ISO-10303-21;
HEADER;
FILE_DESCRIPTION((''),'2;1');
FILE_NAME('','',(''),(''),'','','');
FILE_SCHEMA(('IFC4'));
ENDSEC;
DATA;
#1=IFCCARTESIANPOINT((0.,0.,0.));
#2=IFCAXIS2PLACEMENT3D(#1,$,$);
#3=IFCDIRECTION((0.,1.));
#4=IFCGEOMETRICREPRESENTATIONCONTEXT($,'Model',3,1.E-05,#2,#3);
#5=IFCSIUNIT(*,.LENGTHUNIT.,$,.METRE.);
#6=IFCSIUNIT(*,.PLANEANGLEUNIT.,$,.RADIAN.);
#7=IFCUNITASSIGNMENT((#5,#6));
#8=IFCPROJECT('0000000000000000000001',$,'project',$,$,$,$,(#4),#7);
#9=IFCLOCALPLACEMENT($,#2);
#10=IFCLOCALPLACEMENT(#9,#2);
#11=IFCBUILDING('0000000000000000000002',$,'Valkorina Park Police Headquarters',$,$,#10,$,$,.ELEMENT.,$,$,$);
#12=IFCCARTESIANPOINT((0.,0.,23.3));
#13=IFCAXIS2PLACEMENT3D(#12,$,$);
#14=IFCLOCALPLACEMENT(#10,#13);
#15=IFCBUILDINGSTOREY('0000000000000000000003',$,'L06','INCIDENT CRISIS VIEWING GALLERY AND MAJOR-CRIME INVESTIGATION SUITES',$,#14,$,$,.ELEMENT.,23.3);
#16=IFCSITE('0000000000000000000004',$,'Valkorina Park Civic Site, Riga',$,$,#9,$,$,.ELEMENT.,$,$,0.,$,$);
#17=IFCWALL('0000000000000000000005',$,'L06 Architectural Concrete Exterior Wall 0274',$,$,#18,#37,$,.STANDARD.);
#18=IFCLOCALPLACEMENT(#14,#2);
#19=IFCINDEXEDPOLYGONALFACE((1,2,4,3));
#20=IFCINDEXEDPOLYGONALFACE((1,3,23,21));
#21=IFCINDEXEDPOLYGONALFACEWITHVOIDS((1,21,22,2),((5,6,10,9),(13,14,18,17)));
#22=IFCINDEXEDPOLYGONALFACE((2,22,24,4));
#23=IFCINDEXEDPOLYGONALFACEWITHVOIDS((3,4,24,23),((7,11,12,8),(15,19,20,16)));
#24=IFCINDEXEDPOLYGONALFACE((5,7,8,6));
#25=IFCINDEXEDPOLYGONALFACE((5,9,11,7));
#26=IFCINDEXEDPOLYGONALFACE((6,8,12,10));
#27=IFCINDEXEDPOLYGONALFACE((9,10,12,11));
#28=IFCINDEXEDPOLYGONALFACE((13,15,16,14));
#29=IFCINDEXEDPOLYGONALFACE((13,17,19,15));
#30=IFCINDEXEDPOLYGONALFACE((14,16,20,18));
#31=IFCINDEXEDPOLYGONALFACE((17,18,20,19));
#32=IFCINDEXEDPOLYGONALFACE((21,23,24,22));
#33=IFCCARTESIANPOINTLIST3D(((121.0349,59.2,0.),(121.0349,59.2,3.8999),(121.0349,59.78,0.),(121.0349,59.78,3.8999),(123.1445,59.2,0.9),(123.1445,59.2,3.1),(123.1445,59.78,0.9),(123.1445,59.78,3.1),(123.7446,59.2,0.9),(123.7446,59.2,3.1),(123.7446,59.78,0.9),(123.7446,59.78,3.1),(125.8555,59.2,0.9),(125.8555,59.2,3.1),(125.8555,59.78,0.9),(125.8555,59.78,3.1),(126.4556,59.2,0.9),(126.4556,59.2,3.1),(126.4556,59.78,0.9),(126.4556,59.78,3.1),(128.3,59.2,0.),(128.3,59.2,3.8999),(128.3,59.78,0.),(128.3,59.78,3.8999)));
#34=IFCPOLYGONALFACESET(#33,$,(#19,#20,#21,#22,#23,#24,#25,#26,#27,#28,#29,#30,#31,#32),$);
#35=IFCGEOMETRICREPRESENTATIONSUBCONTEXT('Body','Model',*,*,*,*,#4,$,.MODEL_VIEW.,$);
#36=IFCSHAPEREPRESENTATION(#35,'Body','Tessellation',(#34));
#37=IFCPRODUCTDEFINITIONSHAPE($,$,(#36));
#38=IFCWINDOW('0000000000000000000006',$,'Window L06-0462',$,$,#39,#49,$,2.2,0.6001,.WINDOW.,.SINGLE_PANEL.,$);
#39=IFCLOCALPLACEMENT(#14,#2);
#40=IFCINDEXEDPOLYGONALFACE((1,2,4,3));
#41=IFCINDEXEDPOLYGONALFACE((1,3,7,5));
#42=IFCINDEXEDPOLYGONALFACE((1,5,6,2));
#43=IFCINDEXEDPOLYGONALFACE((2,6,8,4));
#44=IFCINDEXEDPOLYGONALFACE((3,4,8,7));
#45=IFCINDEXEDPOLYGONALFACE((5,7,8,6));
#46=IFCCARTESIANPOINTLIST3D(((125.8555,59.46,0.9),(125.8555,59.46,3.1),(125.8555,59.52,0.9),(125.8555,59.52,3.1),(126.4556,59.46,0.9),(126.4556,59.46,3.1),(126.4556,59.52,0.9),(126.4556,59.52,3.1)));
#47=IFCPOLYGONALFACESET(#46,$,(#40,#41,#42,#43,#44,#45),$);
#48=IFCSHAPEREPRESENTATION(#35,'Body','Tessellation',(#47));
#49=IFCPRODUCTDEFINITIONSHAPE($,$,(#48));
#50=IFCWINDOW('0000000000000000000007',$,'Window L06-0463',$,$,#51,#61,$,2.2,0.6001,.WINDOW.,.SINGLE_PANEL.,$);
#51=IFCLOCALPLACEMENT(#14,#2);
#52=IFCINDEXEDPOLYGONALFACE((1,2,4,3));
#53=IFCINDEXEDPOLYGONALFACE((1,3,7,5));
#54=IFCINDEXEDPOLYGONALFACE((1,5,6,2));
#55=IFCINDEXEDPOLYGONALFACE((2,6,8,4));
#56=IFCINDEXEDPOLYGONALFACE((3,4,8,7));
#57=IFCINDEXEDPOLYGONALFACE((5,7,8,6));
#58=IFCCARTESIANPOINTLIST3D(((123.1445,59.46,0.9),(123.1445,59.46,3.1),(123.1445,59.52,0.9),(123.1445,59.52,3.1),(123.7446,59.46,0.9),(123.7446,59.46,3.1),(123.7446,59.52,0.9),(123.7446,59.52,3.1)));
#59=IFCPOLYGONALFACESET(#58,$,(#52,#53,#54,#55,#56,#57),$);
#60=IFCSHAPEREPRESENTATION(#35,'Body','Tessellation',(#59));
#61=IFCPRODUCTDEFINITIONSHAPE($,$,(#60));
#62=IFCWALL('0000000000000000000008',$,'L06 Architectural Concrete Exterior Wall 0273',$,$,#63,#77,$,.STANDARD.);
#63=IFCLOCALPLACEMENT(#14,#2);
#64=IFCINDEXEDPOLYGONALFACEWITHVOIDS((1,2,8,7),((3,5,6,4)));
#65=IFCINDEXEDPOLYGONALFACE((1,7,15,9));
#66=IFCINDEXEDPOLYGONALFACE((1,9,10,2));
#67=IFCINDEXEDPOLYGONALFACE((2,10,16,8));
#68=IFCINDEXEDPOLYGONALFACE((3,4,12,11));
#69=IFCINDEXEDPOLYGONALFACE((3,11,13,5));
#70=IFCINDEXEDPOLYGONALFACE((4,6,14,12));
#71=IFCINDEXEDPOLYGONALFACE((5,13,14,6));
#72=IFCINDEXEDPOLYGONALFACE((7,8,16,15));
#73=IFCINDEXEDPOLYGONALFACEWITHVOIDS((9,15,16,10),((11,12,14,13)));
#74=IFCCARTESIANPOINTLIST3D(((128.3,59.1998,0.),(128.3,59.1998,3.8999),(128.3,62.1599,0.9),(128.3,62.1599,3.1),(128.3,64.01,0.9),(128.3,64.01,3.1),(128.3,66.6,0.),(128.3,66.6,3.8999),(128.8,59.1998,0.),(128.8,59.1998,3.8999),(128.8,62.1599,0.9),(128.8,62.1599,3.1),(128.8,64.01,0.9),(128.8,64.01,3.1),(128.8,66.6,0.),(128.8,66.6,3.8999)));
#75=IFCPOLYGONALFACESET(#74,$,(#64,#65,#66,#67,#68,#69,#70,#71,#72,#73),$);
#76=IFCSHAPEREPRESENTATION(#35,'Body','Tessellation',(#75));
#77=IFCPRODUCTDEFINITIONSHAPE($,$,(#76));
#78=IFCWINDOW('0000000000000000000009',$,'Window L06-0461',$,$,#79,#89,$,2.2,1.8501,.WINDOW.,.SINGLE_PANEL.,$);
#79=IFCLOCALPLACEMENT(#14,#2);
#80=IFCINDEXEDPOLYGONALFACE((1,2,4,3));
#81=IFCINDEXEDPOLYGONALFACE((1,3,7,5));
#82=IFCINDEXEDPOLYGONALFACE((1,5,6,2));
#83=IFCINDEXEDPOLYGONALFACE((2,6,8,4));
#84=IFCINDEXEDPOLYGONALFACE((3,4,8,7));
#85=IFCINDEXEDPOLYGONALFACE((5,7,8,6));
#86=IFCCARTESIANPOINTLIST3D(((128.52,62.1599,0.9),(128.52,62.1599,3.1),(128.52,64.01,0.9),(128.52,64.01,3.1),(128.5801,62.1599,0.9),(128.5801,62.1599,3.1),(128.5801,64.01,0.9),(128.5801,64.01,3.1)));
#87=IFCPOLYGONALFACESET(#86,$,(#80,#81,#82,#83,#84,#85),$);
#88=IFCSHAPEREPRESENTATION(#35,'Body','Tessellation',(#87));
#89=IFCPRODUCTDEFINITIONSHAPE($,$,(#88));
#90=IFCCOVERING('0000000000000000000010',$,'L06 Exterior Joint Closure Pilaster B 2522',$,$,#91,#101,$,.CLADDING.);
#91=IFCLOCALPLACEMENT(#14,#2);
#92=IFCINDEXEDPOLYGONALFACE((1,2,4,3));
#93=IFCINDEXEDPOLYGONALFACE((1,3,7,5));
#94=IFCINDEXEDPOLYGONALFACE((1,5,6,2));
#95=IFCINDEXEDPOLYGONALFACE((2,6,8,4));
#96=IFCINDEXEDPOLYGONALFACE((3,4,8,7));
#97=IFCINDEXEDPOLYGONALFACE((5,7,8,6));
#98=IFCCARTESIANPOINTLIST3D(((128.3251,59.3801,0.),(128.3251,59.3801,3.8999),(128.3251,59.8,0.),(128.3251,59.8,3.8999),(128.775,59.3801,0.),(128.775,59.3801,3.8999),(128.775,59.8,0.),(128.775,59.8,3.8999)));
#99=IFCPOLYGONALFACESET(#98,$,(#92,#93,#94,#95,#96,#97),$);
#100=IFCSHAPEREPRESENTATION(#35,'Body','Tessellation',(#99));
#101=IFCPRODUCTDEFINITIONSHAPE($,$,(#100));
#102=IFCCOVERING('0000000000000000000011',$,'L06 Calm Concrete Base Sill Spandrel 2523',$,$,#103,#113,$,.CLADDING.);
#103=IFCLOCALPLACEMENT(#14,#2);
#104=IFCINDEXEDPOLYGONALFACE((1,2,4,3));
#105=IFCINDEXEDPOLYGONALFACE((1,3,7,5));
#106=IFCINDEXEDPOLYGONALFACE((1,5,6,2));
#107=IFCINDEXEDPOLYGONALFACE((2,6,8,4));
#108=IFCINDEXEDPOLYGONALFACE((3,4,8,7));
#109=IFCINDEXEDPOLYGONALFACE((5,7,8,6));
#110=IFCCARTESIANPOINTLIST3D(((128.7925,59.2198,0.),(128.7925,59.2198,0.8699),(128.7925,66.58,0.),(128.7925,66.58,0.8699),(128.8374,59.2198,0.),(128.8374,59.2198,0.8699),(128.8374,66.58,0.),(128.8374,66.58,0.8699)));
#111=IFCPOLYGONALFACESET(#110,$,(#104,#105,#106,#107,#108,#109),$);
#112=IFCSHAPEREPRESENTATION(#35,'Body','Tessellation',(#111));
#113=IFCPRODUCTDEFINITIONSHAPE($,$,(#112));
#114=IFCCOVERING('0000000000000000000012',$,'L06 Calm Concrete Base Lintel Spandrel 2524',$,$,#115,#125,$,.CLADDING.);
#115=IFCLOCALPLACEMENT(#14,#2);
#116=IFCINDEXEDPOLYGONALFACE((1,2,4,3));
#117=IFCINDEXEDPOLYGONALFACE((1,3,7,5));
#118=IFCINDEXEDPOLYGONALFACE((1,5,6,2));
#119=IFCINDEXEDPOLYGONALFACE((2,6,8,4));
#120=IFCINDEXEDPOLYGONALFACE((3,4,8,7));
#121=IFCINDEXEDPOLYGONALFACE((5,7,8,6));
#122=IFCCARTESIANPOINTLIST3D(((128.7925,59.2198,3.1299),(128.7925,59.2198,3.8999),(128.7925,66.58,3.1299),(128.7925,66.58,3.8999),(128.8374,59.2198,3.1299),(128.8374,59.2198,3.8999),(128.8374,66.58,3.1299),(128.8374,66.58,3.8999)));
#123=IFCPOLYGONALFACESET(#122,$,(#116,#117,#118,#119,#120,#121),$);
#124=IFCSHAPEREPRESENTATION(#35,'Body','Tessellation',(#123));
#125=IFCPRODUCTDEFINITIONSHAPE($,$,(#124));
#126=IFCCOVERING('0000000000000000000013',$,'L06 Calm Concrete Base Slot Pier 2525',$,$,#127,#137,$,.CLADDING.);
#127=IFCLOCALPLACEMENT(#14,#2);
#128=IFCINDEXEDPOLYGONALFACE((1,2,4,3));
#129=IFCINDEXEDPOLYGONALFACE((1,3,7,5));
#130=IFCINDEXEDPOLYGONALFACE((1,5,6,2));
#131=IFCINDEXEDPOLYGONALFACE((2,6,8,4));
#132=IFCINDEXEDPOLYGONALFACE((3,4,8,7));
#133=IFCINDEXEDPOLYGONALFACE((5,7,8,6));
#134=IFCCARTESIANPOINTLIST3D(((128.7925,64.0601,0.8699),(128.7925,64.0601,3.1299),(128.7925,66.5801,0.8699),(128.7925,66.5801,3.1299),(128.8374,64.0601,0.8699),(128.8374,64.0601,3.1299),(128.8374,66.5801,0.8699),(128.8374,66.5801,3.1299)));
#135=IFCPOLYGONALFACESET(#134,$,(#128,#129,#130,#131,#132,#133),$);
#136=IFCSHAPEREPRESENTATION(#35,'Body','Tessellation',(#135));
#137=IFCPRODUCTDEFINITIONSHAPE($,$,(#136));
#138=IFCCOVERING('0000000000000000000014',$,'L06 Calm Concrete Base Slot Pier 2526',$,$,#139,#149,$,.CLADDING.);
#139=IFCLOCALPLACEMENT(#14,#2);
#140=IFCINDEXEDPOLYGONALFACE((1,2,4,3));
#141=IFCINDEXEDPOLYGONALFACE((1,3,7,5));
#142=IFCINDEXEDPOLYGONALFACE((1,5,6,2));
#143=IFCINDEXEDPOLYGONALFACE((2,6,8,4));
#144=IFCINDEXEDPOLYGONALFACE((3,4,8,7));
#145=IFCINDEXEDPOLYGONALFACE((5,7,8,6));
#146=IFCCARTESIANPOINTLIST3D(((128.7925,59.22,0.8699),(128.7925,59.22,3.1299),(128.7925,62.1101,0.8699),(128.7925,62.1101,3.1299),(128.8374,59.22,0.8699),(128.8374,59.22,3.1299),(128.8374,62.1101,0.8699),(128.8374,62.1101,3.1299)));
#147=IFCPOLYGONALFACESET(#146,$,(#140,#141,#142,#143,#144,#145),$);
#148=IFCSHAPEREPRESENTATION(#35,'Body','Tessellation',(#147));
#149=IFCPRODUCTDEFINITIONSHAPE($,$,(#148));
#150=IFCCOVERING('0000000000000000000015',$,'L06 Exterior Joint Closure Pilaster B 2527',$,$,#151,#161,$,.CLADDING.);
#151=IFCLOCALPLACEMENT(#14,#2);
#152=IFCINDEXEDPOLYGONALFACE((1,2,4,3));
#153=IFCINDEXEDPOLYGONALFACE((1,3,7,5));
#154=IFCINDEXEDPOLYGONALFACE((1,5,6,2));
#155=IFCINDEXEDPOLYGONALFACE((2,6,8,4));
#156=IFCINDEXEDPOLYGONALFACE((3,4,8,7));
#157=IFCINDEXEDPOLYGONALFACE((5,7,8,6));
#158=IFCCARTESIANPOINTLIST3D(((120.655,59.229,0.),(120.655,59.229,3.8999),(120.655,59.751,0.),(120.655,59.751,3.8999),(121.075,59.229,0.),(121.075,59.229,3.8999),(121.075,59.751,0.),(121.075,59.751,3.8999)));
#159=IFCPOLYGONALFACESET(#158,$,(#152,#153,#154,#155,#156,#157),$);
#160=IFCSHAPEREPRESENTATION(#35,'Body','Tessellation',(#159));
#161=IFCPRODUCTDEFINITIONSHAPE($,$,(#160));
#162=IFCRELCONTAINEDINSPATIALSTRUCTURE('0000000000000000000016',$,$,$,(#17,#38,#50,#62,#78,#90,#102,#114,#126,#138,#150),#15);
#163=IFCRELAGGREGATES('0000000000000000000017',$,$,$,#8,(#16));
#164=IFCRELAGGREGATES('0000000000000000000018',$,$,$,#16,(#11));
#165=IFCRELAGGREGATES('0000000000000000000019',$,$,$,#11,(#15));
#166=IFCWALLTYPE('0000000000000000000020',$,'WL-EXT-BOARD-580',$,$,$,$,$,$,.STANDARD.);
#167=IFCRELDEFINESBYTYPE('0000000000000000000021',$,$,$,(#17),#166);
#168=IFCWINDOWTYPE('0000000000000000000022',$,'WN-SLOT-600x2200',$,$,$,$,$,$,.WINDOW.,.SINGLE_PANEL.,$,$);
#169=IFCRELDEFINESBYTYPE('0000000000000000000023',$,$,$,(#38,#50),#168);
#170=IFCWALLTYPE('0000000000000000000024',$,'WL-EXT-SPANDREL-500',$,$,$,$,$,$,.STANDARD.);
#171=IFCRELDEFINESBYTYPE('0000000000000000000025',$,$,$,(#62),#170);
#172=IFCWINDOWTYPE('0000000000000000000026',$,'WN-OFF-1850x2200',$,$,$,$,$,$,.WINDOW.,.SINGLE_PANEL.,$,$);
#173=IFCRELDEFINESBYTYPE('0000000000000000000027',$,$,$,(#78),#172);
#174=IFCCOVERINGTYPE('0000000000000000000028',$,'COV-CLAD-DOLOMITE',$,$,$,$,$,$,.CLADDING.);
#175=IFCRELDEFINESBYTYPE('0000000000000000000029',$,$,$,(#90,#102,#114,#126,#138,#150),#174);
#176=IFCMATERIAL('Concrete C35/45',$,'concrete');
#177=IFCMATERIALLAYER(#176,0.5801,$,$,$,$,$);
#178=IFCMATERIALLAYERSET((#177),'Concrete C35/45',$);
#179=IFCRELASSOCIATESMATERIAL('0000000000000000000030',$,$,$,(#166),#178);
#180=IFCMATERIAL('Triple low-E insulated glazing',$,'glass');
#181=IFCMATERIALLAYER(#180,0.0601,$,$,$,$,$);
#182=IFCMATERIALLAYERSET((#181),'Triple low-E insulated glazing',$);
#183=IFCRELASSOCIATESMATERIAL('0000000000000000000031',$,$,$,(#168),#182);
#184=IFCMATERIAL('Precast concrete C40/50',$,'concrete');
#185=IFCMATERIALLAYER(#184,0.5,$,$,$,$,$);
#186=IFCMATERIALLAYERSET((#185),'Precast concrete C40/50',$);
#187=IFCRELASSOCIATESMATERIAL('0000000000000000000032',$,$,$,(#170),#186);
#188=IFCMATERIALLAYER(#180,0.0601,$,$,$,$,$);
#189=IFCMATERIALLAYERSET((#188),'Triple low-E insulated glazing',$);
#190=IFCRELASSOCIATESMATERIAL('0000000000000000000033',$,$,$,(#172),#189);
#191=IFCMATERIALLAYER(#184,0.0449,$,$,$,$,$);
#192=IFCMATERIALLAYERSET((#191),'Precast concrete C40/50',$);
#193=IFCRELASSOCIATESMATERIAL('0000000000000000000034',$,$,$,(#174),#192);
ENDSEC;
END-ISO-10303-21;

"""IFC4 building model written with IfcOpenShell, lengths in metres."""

from ifc_helpers import new_model, si_unit, direction, frame, frame_2d, origin, origin_2d, place, context, subcontext, project, spatial, rectangle, extrude, material, layer, layer_set, type_object, element, fill, save


model = new_model("IFC4")

# Units and contexts
model_context = context("Model", 3, precision=1e-05, world=origin(), true_north=direction((0.0, 1.0)))
body_context = subcontext(model_context, "Body", "Model", "MODEL_VIEW")
ifc_project = project(units=[si_unit("LENGTHUNIT", "METRE"), si_unit("PLANEANGLEUNIT", "RADIAN")], contexts=[model_context])

# Site, building, storey
site_placement = place(None, origin())
site = spatial("IfcSite", under=ifc_project, at=site_placement, Name="Valkorina Park Civic Site, Riga", CompositionType="ELEMENT", RefElevation=0.0)
building_placement = place(site_placement, origin())
building = spatial("IfcBuilding", under=site, at=building_placement, Name="Valkorina Park Police Headquarters", CompositionType="ELEMENT")
storey_placement = place(building_placement, frame((0.0, 0.0, 23.3)))
storey = spatial("IfcBuildingStorey", under=building, at=storey_placement, Name="L06", Description="INCIDENT CRISIS VIEWING GALLERY AND MAJOR-CRIME INVESTIGATION SUITES", CompositionType="ELEMENT", Elevation=23.3)

# Shared definitions
ifc_material_1 = material(Name="Triple low-E insulated glazing", Category="glass")

# Wall, openings, windows
ifc_material_2 = material(Name="Concrete C35/45", Category="concrete")
ifc_layer_1 = layer(ifc_material_2, 0.5801)
ifc_layer_set_1 = layer_set([ifc_layer_1], Name="Concrete C35/45")
wall_type_1 = type_object("IfcWallType", Name="WL-EXT-BOARD-580", PredefinedType="STANDARD", material=ifc_layer_set_1)
wall_1_placement = place(storey_placement, frame((128.3, 59.49, 0.0), z_axis=(0.0, 0.0, 1.0), x_axis=(-1.0, 0.0, 0.0)))
wall_1 = element("IfcWall", 1, at=wall_1_placement, inside=storey, type_object=wall_type_1, Name="L06 Architectural Concrete Exterior Wall 0274", PredefinedType="STANDARD", context=body_context, shape_type="SweptSolid", body=[
    extrude(rectangle(XDim=7.2651, YDim=0.5801, at=frame_2d((3.6326, 0.0))), origin(), (0.0, 0.0, 1.0), 3.8999),
])
opening_1_placement = place(wall_1_placement, frame((1.8445, 0.0, 0.8999)))
opening_1 = element("IfcOpeningElement", 2, at=opening_1_placement, cuts=wall_1, PredefinedType="OPENING", context=body_context, shape_type="SweptSolid", body=[
    extrude(rectangle(XDim=0.6001, YDim=2.2, at=frame_2d((0.3, 1.1001))), frame((0.0, 0.3, 0.0), z_axis=(0.0, -1.0, 0.0), x_axis=(1.0, 0.0, 0.0)), (0.0, 0.0, 1.0), 0.6001),
])
opening_2_placement = place(wall_1_placement, frame((4.5554, 0.0, 0.8999)))
opening_2 = element("IfcOpeningElement", 3, at=opening_2_placement, cuts=wall_1, PredefinedType="OPENING", context=body_context, shape_type="SweptSolid", body=[
    extrude(rectangle(XDim=0.6001, YDim=2.2, at=frame_2d((0.3, 1.1001))), frame((0.0, 0.3, 0.0), z_axis=(0.0, -1.0, 0.0), x_axis=(1.0, 0.0, 0.0)), (0.0, 0.0, 1.0), 0.6001),
])
ifc_layer_2 = layer(ifc_material_1, 0.0601)
ifc_layer_set_2 = layer_set([ifc_layer_2], Name="Triple low-E insulated glazing")
window_type_1 = type_object("IfcWindowType", Name="WN-SLOT-600x2200", PartitioningType="SINGLE_PANEL", PredefinedType="WINDOW", material=ifc_layer_set_2)
window_1_placement = place(opening_1_placement, origin())
window_1 = element("IfcWindow", 4, at=window_1_placement, inside=storey, type_object=window_type_1, Name="Window L06-0462", OverallHeight=2.2, OverallWidth=0.6001, PartitioningType="SINGLE_PANEL", PredefinedType="WINDOW", context=body_context, shape_type="SweptSolid", body=[
    extrude(rectangle(XDim=0.6001, YDim=2.2, at=frame_2d((0.3, 1.1001))), frame((0.0, 0.03, 0.0), z_axis=(0.0, -1.0, 0.0), x_axis=(1.0, 0.0, 0.0)), (0.0, 0.0, 1.0), 0.0601),
])
fill(opening_1, window_1)
window_2_placement = place(opening_2_placement, origin())
window_2 = element("IfcWindow", 5, at=window_2_placement, inside=storey, type_object=window_type_1, Name="Window L06-0463", OverallHeight=2.2, OverallWidth=0.6001, PartitioningType="SINGLE_PANEL", PredefinedType="WINDOW", context=body_context, shape_type="SweptSolid", body=[
    extrude(rectangle(XDim=0.6001, YDim=2.2, at=frame_2d((0.3, 1.1001))), frame((0.0, 0.03, 0.0), z_axis=(0.0, -1.0, 0.0), x_axis=(1.0, 0.0, 0.0)), (0.0, 0.0, 1.0), 0.0601),
])
fill(opening_2, window_2)

# Wall, opening, window
ifc_material_3 = material(Name="Precast concrete C40/50", Category="concrete")
ifc_layer_3 = layer(ifc_material_3, 0.5)
ifc_layer_set_3 = layer_set([ifc_layer_3], Name="Precast concrete C40/50")
wall_type_2 = type_object("IfcWallType", Name="WL-EXT-SPANDREL-500", PredefinedType="STANDARD", material=ifc_layer_set_3)
wall_2_placement = place(storey_placement, frame((128.55, 66.6001, 0.0), z_axis=(0.0, 0.0, 1.0), x_axis=(0.0, -1.0, 0.0)))
wall_2 = element("IfcWall", 6, at=wall_2_placement, inside=storey, type_object=wall_type_2, Name="L06 Architectural Concrete Exterior Wall 0273", PredefinedType="STANDARD", context=body_context, shape_type="SweptSolid", body=[
    extrude(rectangle(XDim=7.4001, YDim=0.5, at=frame_2d((3.7002, 0.0))), origin(), (0.0, 0.0, 1.0), 3.8999),
])
opening_3_placement = place(wall_2_placement, frame((2.5901, 0.0, 0.8999)))
opening_3 = element("IfcOpeningElement", 7, at=opening_3_placement, cuts=wall_2, PredefinedType="OPENING", context=body_context, shape_type="SweptSolid", body=[
    extrude(rectangle(XDim=1.8501, YDim=2.2, at=frame_2d((0.925, 1.1001))), frame((0.0, 0.26, 0.0), z_axis=(0.0, -1.0, 0.0), x_axis=(1.0, 0.0, 0.0)), (0.0, 0.0, 1.0), 0.52),
])
ifc_layer_4 = layer(ifc_material_1, 0.0601)
ifc_layer_set_4 = layer_set([ifc_layer_4], Name="Triple low-E insulated glazing")
window_type_2 = type_object("IfcWindowType", Name="WN-OFF-1850x2200", PartitioningType="SINGLE_PANEL", PredefinedType="WINDOW", material=ifc_layer_set_4)
window_3_placement = place(opening_3_placement, origin())
window_3 = element("IfcWindow", 8, at=window_3_placement, inside=storey, type_object=window_type_2, Name="Window L06-0461", OverallHeight=2.2, OverallWidth=1.8501, PartitioningType="SINGLE_PANEL", PredefinedType="WINDOW", context=body_context, shape_type="SweptSolid", body=[
    extrude(rectangle(XDim=1.8501, YDim=2.2, at=frame_2d((0.925, 1.1001))), frame((0.0, 0.03, 0.0), z_axis=(0.0, -1.0, 0.0), x_axis=(1.0, 0.0, 0.0)), (0.0, 0.0, 1.0), 0.0601),
])
fill(opening_3, window_3)

# Coverings
ifc_layer_5 = layer(ifc_material_3, 0.0449)
ifc_layer_set_5 = layer_set([ifc_layer_5], Name="Precast concrete C40/50")
covering_type = type_object("IfcCoveringType", Name="COV-CLAD-DOLOMITE", PredefinedType="CLADDING", material=ifc_layer_set_5)
covering_1_placement = place(storey_placement, frame((128.55, 59.5901, 0.0), z_axis=(0.0, 0.0, 1.0), x_axis=(0.0, 1.0, 0.0)))
element("IfcCovering", 9, at=covering_1_placement, inside=storey, type_object=covering_type, Name="L06 Exterior Joint Closure Pilaster B 2522", PredefinedType="CLADDING", context=body_context, shape_type="SweptSolid", body=[
    extrude(rectangle(XDim=0.4199, YDim=0.45, at=origin_2d()), origin(), (0.0, 0.0, 1.0), 3.8999),
])
covering_2_placement = place(storey_placement, frame((128.8149, 66.5801, 0.0), z_axis=(0.0, 0.0, 1.0), x_axis=(0.0, -1.0, 0.0)))
element("IfcCovering", 10, at=covering_2_placement, inside=storey, type_object=covering_type, Name="L06 Calm Concrete Base Sill Spandrel 2523", PredefinedType="CLADDING", context=body_context, shape_type="SweptSolid", body=[
    extrude(rectangle(XDim=7.3601, YDim=0.0449, at=frame_2d((3.6802, 0.0))), origin(), (0.0, 0.0, 1.0), 0.8699),
])
covering_3_placement = place(storey_placement, frame((128.8149, 66.5801, 3.1299), z_axis=(0.0, 0.0, 1.0), x_axis=(0.0, -1.0, 0.0)))
element("IfcCovering", 11, at=covering_3_placement, inside=storey, type_object=covering_type, Name="L06 Calm Concrete Base Lintel Spandrel 2524", PredefinedType="CLADDING", context=body_context, shape_type="SweptSolid", body=[
    extrude(rectangle(XDim=7.3601, YDim=0.0449, at=frame_2d((3.6802, 0.0))), origin(), (0.0, 0.0, 1.0), 0.77),
])
covering_4_placement = place(storey_placement, frame((128.8149, 66.5801, 0.8699), z_axis=(0.0, 0.0, 1.0), x_axis=(0.0, -1.0, 0.0)))
element("IfcCovering", 12, at=covering_4_placement, inside=storey, type_object=covering_type, Name="L06 Calm Concrete Base Slot Pier 2525", PredefinedType="CLADDING", context=body_context, shape_type="SweptSolid", body=[
    extrude(rectangle(XDim=2.52, YDim=0.0449, at=frame_2d((1.26, 0.0))), origin(), (0.0, 0.0, 1.0), 2.26),
])
covering_5_placement = place(storey_placement, frame((128.8149, 62.1101, 0.8699), z_axis=(0.0, 0.0, 1.0), x_axis=(0.0, -1.0, 0.0)))
element("IfcCovering", 13, at=covering_5_placement, inside=storey, type_object=covering_type, Name="L06 Calm Concrete Base Slot Pier 2526", PredefinedType="CLADDING", context=body_context, shape_type="SweptSolid", body=[
    extrude(rectangle(XDim=2.8901, YDim=0.0449, at=frame_2d((1.4451, 0.0))), origin(), (0.0, 0.0, 1.0), 2.26),
])
covering_6_placement = place(storey_placement, frame((120.865, 59.49, 0.0), z_axis=(0.0, 0.0, 1.0), x_axis=(1.0, 0.0, 0.0)))
element("IfcCovering", 14, at=covering_6_placement, inside=storey, type_object=covering_type, Name="L06 Exterior Joint Closure Pilaster B 2527", PredefinedType="CLADDING", context=body_context, shape_type="SweptSolid", body=[
    extrude(rectangle(XDim=0.4199, YDim=0.522, at=origin_2d()), origin(), (0.0, 0.0, 1.0), 3.8999),
])

save(model, "model.ifc")
